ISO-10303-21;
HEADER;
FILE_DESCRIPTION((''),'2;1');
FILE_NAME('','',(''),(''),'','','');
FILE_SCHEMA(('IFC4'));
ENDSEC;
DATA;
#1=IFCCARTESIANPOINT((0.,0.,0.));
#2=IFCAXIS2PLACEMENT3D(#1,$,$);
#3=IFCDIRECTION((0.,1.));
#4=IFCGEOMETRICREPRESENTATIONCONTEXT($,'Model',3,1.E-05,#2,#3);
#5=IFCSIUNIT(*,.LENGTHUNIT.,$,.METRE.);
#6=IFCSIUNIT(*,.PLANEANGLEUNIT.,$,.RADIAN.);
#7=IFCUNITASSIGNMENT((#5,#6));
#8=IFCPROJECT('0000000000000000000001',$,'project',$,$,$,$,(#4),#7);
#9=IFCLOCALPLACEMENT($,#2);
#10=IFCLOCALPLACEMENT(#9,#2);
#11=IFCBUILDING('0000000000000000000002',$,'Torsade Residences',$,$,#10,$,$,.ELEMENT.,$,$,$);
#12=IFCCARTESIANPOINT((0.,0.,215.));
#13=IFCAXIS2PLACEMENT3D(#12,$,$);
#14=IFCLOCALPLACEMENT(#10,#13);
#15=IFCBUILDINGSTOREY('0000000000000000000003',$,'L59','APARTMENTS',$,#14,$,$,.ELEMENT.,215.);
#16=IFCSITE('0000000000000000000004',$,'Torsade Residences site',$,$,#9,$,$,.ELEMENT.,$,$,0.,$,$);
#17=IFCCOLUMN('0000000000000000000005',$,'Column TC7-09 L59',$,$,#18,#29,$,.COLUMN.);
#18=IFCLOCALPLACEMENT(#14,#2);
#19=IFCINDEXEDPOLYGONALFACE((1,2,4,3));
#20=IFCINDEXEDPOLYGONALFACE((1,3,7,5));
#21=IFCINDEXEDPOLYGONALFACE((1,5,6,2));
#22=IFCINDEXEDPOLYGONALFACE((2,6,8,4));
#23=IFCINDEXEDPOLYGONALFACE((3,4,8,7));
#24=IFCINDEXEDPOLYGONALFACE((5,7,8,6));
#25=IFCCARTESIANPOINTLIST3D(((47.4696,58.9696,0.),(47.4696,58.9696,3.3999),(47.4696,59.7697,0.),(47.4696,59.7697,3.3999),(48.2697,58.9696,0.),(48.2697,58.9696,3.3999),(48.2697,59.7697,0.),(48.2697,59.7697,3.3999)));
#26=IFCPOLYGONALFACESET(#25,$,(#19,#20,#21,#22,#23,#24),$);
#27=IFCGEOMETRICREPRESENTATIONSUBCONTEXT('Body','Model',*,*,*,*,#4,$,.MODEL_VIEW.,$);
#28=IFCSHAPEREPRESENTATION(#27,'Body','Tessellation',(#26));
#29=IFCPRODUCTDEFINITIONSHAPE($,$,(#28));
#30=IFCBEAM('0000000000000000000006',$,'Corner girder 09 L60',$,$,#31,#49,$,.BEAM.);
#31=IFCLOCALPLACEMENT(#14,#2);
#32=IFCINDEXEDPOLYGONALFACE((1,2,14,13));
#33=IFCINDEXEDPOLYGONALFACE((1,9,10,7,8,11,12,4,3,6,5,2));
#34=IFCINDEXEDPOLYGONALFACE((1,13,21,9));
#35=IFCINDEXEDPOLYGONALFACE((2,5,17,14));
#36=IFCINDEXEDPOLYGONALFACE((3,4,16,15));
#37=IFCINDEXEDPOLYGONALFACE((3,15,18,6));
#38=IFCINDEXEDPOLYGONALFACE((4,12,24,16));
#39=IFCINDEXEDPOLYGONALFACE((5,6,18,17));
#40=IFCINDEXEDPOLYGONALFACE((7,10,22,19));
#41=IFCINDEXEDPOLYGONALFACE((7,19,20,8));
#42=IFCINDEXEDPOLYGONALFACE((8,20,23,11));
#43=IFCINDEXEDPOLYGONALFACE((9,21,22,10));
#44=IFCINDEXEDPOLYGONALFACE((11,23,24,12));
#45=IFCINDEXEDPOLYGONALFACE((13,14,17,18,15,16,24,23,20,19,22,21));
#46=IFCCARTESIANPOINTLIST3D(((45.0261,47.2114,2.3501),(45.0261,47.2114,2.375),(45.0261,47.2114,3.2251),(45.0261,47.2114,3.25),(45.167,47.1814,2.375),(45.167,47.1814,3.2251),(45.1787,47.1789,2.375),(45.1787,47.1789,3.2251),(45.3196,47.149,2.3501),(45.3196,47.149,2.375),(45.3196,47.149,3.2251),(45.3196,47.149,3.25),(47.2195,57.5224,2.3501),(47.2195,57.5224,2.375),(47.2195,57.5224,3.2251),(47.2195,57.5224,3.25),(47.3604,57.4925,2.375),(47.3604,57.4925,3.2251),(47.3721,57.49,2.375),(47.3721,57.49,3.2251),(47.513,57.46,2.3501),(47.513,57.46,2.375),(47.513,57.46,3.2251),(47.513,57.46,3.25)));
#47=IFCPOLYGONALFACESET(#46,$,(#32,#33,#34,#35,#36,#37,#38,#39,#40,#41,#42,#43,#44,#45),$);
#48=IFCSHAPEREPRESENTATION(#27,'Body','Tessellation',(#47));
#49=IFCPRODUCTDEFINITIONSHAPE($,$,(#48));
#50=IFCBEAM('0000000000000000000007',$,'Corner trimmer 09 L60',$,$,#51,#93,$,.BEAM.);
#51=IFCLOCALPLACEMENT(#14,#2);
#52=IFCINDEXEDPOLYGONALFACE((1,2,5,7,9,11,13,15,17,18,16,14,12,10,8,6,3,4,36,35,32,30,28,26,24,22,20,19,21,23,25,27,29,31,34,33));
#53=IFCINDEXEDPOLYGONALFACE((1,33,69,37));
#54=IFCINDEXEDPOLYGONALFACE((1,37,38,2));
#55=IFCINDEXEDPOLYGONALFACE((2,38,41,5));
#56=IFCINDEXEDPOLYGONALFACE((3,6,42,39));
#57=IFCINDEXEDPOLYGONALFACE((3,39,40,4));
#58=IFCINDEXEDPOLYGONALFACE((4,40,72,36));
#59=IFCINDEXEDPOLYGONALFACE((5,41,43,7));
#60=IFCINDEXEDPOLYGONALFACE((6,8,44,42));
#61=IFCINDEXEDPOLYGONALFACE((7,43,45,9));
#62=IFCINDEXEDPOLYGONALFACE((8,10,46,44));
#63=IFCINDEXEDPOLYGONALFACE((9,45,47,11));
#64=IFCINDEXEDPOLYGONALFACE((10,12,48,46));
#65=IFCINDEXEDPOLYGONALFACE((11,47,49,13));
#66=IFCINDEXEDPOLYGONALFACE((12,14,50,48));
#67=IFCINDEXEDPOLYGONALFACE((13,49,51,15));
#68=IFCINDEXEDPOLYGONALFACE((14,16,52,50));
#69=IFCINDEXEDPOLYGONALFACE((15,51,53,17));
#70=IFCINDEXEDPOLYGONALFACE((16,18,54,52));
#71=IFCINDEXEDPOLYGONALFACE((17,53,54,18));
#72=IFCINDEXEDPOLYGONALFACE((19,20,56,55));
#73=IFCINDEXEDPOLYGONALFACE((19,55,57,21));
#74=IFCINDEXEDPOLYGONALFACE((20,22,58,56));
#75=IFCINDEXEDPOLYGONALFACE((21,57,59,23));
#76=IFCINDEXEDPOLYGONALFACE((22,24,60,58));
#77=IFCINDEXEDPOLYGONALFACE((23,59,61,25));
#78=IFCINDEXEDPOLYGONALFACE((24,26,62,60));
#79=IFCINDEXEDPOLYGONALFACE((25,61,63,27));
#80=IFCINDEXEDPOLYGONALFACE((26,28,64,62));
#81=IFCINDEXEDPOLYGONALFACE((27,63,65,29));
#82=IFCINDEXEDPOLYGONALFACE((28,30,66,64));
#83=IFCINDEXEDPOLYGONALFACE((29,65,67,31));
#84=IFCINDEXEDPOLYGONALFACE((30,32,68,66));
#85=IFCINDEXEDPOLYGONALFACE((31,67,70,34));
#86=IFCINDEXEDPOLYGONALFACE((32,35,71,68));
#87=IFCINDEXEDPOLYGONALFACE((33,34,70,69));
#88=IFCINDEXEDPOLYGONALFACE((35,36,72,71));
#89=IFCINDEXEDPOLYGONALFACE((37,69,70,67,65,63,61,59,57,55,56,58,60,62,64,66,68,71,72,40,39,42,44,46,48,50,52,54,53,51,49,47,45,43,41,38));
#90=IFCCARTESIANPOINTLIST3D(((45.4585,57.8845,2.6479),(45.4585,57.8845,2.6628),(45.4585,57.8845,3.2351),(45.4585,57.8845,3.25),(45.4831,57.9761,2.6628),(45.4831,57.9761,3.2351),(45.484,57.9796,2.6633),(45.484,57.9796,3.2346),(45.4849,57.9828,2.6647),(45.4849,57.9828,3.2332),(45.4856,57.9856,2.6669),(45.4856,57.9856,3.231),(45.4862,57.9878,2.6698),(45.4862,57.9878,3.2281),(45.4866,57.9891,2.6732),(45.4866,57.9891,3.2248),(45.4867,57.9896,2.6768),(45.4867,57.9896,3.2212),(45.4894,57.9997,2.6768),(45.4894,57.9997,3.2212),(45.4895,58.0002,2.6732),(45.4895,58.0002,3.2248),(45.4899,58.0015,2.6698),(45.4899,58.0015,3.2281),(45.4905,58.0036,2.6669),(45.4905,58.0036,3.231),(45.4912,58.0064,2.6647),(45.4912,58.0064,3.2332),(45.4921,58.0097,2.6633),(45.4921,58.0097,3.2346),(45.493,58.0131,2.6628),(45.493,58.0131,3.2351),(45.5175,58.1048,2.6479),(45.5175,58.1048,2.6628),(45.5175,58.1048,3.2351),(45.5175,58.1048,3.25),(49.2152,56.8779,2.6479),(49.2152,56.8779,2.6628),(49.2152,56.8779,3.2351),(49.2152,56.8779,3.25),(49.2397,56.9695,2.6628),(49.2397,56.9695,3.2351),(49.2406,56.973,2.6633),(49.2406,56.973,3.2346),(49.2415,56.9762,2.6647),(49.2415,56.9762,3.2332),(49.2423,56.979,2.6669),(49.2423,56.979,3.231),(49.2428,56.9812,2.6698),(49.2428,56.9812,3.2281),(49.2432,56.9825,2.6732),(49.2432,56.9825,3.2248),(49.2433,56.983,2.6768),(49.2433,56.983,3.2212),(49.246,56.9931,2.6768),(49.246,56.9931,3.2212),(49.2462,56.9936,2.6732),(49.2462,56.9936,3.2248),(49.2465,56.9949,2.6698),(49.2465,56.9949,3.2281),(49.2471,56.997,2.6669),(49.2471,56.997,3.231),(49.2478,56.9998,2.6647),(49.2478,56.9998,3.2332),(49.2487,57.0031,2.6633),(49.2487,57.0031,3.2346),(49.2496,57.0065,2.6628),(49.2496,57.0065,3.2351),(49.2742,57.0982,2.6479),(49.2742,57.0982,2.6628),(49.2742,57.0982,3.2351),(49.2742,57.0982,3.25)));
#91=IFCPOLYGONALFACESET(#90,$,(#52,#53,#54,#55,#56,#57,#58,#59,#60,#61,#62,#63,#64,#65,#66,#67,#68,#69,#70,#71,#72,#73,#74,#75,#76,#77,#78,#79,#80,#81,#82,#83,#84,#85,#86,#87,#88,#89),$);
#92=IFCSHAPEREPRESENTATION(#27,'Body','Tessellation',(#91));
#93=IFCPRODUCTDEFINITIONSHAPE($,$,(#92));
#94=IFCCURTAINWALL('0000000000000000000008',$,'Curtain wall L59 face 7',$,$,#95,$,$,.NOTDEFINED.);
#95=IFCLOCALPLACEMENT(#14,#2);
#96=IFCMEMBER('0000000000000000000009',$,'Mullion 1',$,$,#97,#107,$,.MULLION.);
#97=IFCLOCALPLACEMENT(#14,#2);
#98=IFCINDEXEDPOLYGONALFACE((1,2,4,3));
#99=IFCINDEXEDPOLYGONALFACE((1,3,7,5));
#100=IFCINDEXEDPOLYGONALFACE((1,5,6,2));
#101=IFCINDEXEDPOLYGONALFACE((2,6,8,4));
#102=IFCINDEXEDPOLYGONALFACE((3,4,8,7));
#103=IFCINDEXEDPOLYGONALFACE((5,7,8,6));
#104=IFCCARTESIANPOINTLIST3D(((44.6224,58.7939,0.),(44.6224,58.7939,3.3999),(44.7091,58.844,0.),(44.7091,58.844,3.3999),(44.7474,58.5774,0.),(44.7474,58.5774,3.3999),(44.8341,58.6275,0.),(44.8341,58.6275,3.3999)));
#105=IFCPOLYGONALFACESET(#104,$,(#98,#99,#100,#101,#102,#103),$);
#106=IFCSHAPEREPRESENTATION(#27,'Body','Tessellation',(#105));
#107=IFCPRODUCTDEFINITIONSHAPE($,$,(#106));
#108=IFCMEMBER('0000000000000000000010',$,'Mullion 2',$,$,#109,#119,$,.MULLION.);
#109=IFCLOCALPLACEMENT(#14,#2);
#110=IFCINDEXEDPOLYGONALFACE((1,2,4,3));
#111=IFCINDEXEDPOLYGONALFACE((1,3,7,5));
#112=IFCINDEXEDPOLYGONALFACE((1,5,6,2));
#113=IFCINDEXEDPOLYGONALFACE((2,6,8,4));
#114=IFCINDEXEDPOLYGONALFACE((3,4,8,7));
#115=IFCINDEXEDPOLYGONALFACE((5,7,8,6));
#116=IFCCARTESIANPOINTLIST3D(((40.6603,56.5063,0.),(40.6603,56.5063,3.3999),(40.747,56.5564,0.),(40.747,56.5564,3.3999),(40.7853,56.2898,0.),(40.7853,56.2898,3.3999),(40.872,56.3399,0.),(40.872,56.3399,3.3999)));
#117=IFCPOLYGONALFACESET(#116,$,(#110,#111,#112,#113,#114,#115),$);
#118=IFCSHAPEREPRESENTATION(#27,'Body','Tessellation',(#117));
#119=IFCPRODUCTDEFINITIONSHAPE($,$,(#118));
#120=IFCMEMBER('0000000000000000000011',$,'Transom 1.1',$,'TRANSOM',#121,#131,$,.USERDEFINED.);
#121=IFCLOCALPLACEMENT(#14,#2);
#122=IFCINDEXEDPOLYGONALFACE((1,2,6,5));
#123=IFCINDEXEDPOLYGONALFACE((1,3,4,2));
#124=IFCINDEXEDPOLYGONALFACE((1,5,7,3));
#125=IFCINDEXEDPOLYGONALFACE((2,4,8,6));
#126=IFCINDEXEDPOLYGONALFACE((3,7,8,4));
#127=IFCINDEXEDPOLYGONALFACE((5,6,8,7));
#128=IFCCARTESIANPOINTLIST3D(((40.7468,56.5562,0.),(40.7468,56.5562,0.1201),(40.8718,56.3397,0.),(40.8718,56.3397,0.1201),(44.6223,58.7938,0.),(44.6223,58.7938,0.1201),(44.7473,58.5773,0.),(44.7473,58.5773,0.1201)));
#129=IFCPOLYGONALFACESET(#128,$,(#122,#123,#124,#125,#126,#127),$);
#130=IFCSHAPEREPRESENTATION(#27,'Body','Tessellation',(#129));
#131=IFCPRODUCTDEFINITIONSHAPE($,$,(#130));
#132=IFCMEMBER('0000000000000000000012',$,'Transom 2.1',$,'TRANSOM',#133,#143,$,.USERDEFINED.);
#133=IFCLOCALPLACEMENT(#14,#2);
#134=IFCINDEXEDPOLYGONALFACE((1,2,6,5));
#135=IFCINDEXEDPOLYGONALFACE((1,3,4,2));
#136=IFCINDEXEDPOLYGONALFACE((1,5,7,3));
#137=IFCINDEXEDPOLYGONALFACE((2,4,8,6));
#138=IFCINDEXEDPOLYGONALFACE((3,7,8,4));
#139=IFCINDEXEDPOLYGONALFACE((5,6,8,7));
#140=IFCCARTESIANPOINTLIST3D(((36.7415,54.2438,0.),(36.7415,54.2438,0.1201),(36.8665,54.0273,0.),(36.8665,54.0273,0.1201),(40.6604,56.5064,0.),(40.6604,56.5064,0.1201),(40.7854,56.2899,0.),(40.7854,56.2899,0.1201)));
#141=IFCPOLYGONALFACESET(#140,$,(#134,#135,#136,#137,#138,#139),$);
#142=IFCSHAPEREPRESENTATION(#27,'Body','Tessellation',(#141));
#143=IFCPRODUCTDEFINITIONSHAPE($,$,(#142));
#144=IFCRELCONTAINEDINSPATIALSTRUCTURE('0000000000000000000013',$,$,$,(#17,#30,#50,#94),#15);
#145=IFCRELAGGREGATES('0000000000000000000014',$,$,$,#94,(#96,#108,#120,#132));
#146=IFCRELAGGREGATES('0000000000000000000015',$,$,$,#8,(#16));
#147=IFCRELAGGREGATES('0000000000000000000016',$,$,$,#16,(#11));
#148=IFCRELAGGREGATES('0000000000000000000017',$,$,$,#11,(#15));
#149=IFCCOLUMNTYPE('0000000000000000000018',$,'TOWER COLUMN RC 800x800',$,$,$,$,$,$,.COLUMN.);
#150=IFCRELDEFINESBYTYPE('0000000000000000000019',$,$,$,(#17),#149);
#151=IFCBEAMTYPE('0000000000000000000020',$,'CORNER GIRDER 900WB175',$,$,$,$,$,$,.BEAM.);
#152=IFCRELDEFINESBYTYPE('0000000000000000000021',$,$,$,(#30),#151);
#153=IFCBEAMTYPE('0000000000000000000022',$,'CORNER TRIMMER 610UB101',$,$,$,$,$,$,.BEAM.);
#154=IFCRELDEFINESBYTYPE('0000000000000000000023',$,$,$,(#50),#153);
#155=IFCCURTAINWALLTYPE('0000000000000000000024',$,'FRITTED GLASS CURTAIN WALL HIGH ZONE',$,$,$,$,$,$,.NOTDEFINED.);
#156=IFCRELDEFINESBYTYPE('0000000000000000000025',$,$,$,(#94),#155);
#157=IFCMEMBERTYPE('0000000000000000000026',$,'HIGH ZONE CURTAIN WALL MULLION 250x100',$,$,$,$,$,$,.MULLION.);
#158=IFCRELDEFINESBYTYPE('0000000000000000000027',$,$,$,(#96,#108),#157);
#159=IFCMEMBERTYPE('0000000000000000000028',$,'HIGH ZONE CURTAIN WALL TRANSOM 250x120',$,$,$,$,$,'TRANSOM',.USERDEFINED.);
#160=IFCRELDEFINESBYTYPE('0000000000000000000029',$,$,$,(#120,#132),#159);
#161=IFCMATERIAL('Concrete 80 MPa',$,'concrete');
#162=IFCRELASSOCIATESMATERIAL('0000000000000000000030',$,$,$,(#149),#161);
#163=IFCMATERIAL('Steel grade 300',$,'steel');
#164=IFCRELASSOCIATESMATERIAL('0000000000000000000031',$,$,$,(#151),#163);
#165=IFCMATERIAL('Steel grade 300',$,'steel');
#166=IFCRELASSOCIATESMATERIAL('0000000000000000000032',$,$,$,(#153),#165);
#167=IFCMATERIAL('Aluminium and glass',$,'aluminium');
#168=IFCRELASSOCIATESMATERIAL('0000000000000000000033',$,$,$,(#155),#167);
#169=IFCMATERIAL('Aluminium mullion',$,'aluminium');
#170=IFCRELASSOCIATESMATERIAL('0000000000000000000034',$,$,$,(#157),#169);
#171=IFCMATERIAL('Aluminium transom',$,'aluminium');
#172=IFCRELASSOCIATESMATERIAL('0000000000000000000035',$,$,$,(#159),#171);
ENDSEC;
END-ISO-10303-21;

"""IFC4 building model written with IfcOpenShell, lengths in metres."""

from ifc_helpers import new_model, si_unit, direction, frame, origin, origin_2d, place, context, subcontext, project, spatial, rectangle, i_section, extrude, material, material_profile, profile_set, type_object, element, aggregate, save


model = new_model("IFC4")

# Units and contexts
model_context = context("Model", 3, precision=1e-05, world=origin(), true_north=direction((0.0, 1.0)))
body_context = subcontext(model_context, "Body", "Model", "MODEL_VIEW")
ifc_project = project(units=[si_unit("LENGTHUNIT", "METRE"), si_unit("PLANEANGLEUNIT", "RADIAN")], contexts=[model_context])

# Site, building, storey
site_placement = place(None, origin())
site = spatial("IfcSite", under=ifc_project, at=site_placement, Name="Torsade Residences site", CompositionType="ELEMENT", RefElevation=0.0)
building_placement = place(site_placement, origin())
building = spatial("IfcBuilding", under=site, at=building_placement, Name="Torsade Residences", CompositionType="ELEMENT")
storey_placement = place(building_placement, frame((0.0, 0.0, 215.0)))
storey = spatial("IfcBuildingStorey", under=building, at=storey_placement, Name="L59", Description="APARTMENTS", CompositionType="ELEMENT", Elevation=215.0)

# Column
ifc_material_1 = material(Name="Concrete 80 MPa", Category="concrete")
ifc_material_profile_1 = material_profile(ifc_material_1, rectangle(XDim=0.8, YDim=0.8, at=origin_2d()), Name="RC 800x800")
ifc_profile_set_1 = profile_set([ifc_material_profile_1], Name="Concrete 80 MPa")
column_type = type_object("IfcColumnType", Name="TOWER COLUMN RC 800x800", PredefinedType="COLUMN", material=ifc_profile_set_1)
column_placement = place(storey_placement, frame((47.8696, 59.3696, 0.0), z_axis=(0.0, 0.0, 1.0), x_axis=(1.0, 0.0, 0.0)))
element("IfcColumn", 1, at=column_placement, inside=storey, type_object=column_type, Name="Column TC7-09 L59", PredefinedType="COLUMN", context=body_context, shape_type="SweptSolid", body=[
    extrude(rectangle(XDim=0.8, YDim=0.8, at=origin_2d()), origin(), (0.0, 0.0, 1.0), 3.3999),
])

# Beams
ifc_material_2 = material(Name="Steel grade 300", Category="steel")
ifc_material_profile_2 = material_profile(ifc_material_2, i_section(OverallWidth=0.3, OverallDepth=0.8999, WebThickness=0.012, FlangeThickness=0.0249, at=origin_2d()), Name="900WB175")
ifc_profile_set_2 = profile_set([ifc_material_profile_2], Name="Steel grade 300")
beam_type_1 = type_object("IfcBeamType", Name="CORNER GIRDER 900WB175", PredefinedType="BEAM", material=ifc_profile_set_2)
beam_1_placement = place(storey_placement, frame((47.3662, 57.4912, 2.8), z_axis=(-0.208064, -0.978115, 0.0), x_axis=(0.978115, -0.208064, 0.0)))
element("IfcBeam", 2, at=beam_1_placement, inside=storey, type_object=beam_type_1, Name="Corner girder 09 L60", PredefinedType="BEAM", context=body_context, shape_type="SweptSolid", body=[
    extrude(i_section(OverallWidth=0.3, OverallDepth=0.8999, WebThickness=0.012, FlangeThickness=0.0249, at=origin_2d()), origin(), (0.0, 0.0, 1.0), 10.5417),
])
ifc_material_3 = material(Name="Steel grade 300", Category="steel")
ifc_material_profile_3 = material_profile(ifc_material_3, i_section(OverallWidth=0.228, OverallDepth=0.6021, WebThickness=0.0105, FlangeThickness=0.0149, FilletRadius=0.0139, at=origin_2d()), Name="610UB101")
ifc_profile_set_3 = profile_set([ifc_material_profile_3], Name="Steel grade 300")
beam_type_2 = type_object("IfcBeamType", Name="CORNER TRIMMER 610UB101", PredefinedType="BEAM", material=ifc_profile_set_3)
beam_2_placement = place(storey_placement, frame((45.488, 57.9946, 2.949), z_axis=(0.965925, -0.258823, 0.0), x_axis=(0.258823, 0.965925, 0.0)))
element("IfcBeam", 3, at=beam_2_placement, inside=storey, type_object=beam_type_2, Name="Corner trimmer 09 L60", PredefinedType="BEAM", context=body_context, shape_type="SweptSolid", body=[
    extrude(i_section(OverallWidth=0.228, OverallDepth=0.6021, WebThickness=0.0105, FlangeThickness=0.0149, FilletRadius=0.0139, at=origin_2d()), origin(), (0.0, 0.0, 1.0), 3.8892),
])

# Curtain wall, members
ifc_material_4 = material(Name="Aluminium and glass", Category="aluminium")
curtain_wall_type = type_object("IfcCurtainWallType", Name="FRITTED GLASS CURTAIN WALL HIGH ZONE", PredefinedType="NOTDEFINED", material=ifc_material_4)
curtain_wall_placement = place(storey_placement, origin())
curtain_wall = element("IfcCurtainWall", 4, at=curtain_wall_placement, inside=storey, type_object=curtain_wall_type, Name="Curtain wall L59 face 7", PredefinedType="NOTDEFINED")
ifc_material_5 = material(Name="Aluminium mullion", Category="aluminium")
ifc_material_profile_4 = material_profile(ifc_material_5, rectangle(XDim=0.25, YDim=0.1001, at=origin_2d()), Name="HIGH ZONE CURTAIN WALL MULLION 250x100")
ifc_profile_set_4 = profile_set([ifc_material_profile_4], Name="Aluminium mullion")
member_type_1 = type_object("IfcMemberType", Name="HIGH ZONE CURTAIN WALL MULLION 250x100", PredefinedType="MULLION", material=ifc_profile_set_4)
member_1_placement = place(storey_placement, frame((44.7283, 58.7107, 0.0), z_axis=(0.0, 0.0, 1.0), x_axis=(0.5, -0.866025, 0.0)))
member_1 = element("IfcMember", 5, at=member_1_placement, type_object=member_type_1, Name="Mullion 1", PredefinedType="MULLION", context=body_context, shape_type="SweptSolid", body=[
    extrude(rectangle(XDim=0.25, YDim=0.1001, at=origin_2d()), origin(), (0.0, 0.0, 1.0), 3.3999),
])
member_2_placement = place(storey_placement, frame((40.7661, 56.4231, 0.0), z_axis=(0.0, 0.0, 1.0), x_axis=(0.5, -0.866025, 0.0)))
member_2 = element("IfcMember", 6, at=member_2_placement, type_object=member_type_1, Name="Mullion 2", PredefinedType="MULLION", context=body_context, shape_type="SweptSolid", body=[
    extrude(rectangle(XDim=0.25, YDim=0.1001, at=origin_2d()), origin(), (0.0, 0.0, 1.0), 3.3999),
])
ifc_material_6 = material(Name="Aluminium transom", Category="aluminium")
ifc_material_profile_5 = material_profile(ifc_material_6, rectangle(XDim=0.25, YDim=0.1201, at=origin_2d()), Name="HIGH ZONE CURTAIN WALL TRANSOM 250x120")
ifc_profile_set_5 = profile_set([ifc_material_profile_5], Name="Aluminium transom")
member_type_2 = type_object("IfcMemberType", Name="HIGH ZONE CURTAIN WALL TRANSOM 250x120", ElementType="TRANSOM", PredefinedType="USERDEFINED", material=ifc_profile_set_5)
member_3_placement = place(storey_placement, frame((44.6848, 58.6855, 0.0601), z_axis=(-0.866022, -0.500006, 0.0), x_axis=(0.500006, -0.866022, 0.0)))
member_3 = element("IfcMember", 7, at=member_3_placement, type_object=member_type_2, Name="Transom 1.1", ObjectType="TRANSOM", PredefinedType="USERDEFINED", context=body_context, shape_type="SweptSolid", body=[
    extrude(rectangle(XDim=0.25, YDim=0.1201, at=origin_2d()), origin(), (0.0, 0.0, 1.0), 4.4751),
])
member_4_placement = place(storey_placement, frame((40.7229, 56.3982, 0.0601), z_axis=(-0.866017, -0.500015, 0.0), x_axis=(0.500015, -0.866017, 0.0)))
member_4 = element("IfcMember", 8, at=member_4_placement, type_object=member_type_2, Name="Transom 2.1", ObjectType="TRANSOM", PredefinedType="USERDEFINED", context=body_context, shape_type="SweptSolid", body=[
    extrude(rectangle(XDim=0.25, YDim=0.1201, at=origin_2d()), origin(), (0.0, 0.0, 1.0), 4.5251),
])

aggregate(curtain_wall, [member_1, member_2, member_3, member_4])

save(model, "model.ifc")
